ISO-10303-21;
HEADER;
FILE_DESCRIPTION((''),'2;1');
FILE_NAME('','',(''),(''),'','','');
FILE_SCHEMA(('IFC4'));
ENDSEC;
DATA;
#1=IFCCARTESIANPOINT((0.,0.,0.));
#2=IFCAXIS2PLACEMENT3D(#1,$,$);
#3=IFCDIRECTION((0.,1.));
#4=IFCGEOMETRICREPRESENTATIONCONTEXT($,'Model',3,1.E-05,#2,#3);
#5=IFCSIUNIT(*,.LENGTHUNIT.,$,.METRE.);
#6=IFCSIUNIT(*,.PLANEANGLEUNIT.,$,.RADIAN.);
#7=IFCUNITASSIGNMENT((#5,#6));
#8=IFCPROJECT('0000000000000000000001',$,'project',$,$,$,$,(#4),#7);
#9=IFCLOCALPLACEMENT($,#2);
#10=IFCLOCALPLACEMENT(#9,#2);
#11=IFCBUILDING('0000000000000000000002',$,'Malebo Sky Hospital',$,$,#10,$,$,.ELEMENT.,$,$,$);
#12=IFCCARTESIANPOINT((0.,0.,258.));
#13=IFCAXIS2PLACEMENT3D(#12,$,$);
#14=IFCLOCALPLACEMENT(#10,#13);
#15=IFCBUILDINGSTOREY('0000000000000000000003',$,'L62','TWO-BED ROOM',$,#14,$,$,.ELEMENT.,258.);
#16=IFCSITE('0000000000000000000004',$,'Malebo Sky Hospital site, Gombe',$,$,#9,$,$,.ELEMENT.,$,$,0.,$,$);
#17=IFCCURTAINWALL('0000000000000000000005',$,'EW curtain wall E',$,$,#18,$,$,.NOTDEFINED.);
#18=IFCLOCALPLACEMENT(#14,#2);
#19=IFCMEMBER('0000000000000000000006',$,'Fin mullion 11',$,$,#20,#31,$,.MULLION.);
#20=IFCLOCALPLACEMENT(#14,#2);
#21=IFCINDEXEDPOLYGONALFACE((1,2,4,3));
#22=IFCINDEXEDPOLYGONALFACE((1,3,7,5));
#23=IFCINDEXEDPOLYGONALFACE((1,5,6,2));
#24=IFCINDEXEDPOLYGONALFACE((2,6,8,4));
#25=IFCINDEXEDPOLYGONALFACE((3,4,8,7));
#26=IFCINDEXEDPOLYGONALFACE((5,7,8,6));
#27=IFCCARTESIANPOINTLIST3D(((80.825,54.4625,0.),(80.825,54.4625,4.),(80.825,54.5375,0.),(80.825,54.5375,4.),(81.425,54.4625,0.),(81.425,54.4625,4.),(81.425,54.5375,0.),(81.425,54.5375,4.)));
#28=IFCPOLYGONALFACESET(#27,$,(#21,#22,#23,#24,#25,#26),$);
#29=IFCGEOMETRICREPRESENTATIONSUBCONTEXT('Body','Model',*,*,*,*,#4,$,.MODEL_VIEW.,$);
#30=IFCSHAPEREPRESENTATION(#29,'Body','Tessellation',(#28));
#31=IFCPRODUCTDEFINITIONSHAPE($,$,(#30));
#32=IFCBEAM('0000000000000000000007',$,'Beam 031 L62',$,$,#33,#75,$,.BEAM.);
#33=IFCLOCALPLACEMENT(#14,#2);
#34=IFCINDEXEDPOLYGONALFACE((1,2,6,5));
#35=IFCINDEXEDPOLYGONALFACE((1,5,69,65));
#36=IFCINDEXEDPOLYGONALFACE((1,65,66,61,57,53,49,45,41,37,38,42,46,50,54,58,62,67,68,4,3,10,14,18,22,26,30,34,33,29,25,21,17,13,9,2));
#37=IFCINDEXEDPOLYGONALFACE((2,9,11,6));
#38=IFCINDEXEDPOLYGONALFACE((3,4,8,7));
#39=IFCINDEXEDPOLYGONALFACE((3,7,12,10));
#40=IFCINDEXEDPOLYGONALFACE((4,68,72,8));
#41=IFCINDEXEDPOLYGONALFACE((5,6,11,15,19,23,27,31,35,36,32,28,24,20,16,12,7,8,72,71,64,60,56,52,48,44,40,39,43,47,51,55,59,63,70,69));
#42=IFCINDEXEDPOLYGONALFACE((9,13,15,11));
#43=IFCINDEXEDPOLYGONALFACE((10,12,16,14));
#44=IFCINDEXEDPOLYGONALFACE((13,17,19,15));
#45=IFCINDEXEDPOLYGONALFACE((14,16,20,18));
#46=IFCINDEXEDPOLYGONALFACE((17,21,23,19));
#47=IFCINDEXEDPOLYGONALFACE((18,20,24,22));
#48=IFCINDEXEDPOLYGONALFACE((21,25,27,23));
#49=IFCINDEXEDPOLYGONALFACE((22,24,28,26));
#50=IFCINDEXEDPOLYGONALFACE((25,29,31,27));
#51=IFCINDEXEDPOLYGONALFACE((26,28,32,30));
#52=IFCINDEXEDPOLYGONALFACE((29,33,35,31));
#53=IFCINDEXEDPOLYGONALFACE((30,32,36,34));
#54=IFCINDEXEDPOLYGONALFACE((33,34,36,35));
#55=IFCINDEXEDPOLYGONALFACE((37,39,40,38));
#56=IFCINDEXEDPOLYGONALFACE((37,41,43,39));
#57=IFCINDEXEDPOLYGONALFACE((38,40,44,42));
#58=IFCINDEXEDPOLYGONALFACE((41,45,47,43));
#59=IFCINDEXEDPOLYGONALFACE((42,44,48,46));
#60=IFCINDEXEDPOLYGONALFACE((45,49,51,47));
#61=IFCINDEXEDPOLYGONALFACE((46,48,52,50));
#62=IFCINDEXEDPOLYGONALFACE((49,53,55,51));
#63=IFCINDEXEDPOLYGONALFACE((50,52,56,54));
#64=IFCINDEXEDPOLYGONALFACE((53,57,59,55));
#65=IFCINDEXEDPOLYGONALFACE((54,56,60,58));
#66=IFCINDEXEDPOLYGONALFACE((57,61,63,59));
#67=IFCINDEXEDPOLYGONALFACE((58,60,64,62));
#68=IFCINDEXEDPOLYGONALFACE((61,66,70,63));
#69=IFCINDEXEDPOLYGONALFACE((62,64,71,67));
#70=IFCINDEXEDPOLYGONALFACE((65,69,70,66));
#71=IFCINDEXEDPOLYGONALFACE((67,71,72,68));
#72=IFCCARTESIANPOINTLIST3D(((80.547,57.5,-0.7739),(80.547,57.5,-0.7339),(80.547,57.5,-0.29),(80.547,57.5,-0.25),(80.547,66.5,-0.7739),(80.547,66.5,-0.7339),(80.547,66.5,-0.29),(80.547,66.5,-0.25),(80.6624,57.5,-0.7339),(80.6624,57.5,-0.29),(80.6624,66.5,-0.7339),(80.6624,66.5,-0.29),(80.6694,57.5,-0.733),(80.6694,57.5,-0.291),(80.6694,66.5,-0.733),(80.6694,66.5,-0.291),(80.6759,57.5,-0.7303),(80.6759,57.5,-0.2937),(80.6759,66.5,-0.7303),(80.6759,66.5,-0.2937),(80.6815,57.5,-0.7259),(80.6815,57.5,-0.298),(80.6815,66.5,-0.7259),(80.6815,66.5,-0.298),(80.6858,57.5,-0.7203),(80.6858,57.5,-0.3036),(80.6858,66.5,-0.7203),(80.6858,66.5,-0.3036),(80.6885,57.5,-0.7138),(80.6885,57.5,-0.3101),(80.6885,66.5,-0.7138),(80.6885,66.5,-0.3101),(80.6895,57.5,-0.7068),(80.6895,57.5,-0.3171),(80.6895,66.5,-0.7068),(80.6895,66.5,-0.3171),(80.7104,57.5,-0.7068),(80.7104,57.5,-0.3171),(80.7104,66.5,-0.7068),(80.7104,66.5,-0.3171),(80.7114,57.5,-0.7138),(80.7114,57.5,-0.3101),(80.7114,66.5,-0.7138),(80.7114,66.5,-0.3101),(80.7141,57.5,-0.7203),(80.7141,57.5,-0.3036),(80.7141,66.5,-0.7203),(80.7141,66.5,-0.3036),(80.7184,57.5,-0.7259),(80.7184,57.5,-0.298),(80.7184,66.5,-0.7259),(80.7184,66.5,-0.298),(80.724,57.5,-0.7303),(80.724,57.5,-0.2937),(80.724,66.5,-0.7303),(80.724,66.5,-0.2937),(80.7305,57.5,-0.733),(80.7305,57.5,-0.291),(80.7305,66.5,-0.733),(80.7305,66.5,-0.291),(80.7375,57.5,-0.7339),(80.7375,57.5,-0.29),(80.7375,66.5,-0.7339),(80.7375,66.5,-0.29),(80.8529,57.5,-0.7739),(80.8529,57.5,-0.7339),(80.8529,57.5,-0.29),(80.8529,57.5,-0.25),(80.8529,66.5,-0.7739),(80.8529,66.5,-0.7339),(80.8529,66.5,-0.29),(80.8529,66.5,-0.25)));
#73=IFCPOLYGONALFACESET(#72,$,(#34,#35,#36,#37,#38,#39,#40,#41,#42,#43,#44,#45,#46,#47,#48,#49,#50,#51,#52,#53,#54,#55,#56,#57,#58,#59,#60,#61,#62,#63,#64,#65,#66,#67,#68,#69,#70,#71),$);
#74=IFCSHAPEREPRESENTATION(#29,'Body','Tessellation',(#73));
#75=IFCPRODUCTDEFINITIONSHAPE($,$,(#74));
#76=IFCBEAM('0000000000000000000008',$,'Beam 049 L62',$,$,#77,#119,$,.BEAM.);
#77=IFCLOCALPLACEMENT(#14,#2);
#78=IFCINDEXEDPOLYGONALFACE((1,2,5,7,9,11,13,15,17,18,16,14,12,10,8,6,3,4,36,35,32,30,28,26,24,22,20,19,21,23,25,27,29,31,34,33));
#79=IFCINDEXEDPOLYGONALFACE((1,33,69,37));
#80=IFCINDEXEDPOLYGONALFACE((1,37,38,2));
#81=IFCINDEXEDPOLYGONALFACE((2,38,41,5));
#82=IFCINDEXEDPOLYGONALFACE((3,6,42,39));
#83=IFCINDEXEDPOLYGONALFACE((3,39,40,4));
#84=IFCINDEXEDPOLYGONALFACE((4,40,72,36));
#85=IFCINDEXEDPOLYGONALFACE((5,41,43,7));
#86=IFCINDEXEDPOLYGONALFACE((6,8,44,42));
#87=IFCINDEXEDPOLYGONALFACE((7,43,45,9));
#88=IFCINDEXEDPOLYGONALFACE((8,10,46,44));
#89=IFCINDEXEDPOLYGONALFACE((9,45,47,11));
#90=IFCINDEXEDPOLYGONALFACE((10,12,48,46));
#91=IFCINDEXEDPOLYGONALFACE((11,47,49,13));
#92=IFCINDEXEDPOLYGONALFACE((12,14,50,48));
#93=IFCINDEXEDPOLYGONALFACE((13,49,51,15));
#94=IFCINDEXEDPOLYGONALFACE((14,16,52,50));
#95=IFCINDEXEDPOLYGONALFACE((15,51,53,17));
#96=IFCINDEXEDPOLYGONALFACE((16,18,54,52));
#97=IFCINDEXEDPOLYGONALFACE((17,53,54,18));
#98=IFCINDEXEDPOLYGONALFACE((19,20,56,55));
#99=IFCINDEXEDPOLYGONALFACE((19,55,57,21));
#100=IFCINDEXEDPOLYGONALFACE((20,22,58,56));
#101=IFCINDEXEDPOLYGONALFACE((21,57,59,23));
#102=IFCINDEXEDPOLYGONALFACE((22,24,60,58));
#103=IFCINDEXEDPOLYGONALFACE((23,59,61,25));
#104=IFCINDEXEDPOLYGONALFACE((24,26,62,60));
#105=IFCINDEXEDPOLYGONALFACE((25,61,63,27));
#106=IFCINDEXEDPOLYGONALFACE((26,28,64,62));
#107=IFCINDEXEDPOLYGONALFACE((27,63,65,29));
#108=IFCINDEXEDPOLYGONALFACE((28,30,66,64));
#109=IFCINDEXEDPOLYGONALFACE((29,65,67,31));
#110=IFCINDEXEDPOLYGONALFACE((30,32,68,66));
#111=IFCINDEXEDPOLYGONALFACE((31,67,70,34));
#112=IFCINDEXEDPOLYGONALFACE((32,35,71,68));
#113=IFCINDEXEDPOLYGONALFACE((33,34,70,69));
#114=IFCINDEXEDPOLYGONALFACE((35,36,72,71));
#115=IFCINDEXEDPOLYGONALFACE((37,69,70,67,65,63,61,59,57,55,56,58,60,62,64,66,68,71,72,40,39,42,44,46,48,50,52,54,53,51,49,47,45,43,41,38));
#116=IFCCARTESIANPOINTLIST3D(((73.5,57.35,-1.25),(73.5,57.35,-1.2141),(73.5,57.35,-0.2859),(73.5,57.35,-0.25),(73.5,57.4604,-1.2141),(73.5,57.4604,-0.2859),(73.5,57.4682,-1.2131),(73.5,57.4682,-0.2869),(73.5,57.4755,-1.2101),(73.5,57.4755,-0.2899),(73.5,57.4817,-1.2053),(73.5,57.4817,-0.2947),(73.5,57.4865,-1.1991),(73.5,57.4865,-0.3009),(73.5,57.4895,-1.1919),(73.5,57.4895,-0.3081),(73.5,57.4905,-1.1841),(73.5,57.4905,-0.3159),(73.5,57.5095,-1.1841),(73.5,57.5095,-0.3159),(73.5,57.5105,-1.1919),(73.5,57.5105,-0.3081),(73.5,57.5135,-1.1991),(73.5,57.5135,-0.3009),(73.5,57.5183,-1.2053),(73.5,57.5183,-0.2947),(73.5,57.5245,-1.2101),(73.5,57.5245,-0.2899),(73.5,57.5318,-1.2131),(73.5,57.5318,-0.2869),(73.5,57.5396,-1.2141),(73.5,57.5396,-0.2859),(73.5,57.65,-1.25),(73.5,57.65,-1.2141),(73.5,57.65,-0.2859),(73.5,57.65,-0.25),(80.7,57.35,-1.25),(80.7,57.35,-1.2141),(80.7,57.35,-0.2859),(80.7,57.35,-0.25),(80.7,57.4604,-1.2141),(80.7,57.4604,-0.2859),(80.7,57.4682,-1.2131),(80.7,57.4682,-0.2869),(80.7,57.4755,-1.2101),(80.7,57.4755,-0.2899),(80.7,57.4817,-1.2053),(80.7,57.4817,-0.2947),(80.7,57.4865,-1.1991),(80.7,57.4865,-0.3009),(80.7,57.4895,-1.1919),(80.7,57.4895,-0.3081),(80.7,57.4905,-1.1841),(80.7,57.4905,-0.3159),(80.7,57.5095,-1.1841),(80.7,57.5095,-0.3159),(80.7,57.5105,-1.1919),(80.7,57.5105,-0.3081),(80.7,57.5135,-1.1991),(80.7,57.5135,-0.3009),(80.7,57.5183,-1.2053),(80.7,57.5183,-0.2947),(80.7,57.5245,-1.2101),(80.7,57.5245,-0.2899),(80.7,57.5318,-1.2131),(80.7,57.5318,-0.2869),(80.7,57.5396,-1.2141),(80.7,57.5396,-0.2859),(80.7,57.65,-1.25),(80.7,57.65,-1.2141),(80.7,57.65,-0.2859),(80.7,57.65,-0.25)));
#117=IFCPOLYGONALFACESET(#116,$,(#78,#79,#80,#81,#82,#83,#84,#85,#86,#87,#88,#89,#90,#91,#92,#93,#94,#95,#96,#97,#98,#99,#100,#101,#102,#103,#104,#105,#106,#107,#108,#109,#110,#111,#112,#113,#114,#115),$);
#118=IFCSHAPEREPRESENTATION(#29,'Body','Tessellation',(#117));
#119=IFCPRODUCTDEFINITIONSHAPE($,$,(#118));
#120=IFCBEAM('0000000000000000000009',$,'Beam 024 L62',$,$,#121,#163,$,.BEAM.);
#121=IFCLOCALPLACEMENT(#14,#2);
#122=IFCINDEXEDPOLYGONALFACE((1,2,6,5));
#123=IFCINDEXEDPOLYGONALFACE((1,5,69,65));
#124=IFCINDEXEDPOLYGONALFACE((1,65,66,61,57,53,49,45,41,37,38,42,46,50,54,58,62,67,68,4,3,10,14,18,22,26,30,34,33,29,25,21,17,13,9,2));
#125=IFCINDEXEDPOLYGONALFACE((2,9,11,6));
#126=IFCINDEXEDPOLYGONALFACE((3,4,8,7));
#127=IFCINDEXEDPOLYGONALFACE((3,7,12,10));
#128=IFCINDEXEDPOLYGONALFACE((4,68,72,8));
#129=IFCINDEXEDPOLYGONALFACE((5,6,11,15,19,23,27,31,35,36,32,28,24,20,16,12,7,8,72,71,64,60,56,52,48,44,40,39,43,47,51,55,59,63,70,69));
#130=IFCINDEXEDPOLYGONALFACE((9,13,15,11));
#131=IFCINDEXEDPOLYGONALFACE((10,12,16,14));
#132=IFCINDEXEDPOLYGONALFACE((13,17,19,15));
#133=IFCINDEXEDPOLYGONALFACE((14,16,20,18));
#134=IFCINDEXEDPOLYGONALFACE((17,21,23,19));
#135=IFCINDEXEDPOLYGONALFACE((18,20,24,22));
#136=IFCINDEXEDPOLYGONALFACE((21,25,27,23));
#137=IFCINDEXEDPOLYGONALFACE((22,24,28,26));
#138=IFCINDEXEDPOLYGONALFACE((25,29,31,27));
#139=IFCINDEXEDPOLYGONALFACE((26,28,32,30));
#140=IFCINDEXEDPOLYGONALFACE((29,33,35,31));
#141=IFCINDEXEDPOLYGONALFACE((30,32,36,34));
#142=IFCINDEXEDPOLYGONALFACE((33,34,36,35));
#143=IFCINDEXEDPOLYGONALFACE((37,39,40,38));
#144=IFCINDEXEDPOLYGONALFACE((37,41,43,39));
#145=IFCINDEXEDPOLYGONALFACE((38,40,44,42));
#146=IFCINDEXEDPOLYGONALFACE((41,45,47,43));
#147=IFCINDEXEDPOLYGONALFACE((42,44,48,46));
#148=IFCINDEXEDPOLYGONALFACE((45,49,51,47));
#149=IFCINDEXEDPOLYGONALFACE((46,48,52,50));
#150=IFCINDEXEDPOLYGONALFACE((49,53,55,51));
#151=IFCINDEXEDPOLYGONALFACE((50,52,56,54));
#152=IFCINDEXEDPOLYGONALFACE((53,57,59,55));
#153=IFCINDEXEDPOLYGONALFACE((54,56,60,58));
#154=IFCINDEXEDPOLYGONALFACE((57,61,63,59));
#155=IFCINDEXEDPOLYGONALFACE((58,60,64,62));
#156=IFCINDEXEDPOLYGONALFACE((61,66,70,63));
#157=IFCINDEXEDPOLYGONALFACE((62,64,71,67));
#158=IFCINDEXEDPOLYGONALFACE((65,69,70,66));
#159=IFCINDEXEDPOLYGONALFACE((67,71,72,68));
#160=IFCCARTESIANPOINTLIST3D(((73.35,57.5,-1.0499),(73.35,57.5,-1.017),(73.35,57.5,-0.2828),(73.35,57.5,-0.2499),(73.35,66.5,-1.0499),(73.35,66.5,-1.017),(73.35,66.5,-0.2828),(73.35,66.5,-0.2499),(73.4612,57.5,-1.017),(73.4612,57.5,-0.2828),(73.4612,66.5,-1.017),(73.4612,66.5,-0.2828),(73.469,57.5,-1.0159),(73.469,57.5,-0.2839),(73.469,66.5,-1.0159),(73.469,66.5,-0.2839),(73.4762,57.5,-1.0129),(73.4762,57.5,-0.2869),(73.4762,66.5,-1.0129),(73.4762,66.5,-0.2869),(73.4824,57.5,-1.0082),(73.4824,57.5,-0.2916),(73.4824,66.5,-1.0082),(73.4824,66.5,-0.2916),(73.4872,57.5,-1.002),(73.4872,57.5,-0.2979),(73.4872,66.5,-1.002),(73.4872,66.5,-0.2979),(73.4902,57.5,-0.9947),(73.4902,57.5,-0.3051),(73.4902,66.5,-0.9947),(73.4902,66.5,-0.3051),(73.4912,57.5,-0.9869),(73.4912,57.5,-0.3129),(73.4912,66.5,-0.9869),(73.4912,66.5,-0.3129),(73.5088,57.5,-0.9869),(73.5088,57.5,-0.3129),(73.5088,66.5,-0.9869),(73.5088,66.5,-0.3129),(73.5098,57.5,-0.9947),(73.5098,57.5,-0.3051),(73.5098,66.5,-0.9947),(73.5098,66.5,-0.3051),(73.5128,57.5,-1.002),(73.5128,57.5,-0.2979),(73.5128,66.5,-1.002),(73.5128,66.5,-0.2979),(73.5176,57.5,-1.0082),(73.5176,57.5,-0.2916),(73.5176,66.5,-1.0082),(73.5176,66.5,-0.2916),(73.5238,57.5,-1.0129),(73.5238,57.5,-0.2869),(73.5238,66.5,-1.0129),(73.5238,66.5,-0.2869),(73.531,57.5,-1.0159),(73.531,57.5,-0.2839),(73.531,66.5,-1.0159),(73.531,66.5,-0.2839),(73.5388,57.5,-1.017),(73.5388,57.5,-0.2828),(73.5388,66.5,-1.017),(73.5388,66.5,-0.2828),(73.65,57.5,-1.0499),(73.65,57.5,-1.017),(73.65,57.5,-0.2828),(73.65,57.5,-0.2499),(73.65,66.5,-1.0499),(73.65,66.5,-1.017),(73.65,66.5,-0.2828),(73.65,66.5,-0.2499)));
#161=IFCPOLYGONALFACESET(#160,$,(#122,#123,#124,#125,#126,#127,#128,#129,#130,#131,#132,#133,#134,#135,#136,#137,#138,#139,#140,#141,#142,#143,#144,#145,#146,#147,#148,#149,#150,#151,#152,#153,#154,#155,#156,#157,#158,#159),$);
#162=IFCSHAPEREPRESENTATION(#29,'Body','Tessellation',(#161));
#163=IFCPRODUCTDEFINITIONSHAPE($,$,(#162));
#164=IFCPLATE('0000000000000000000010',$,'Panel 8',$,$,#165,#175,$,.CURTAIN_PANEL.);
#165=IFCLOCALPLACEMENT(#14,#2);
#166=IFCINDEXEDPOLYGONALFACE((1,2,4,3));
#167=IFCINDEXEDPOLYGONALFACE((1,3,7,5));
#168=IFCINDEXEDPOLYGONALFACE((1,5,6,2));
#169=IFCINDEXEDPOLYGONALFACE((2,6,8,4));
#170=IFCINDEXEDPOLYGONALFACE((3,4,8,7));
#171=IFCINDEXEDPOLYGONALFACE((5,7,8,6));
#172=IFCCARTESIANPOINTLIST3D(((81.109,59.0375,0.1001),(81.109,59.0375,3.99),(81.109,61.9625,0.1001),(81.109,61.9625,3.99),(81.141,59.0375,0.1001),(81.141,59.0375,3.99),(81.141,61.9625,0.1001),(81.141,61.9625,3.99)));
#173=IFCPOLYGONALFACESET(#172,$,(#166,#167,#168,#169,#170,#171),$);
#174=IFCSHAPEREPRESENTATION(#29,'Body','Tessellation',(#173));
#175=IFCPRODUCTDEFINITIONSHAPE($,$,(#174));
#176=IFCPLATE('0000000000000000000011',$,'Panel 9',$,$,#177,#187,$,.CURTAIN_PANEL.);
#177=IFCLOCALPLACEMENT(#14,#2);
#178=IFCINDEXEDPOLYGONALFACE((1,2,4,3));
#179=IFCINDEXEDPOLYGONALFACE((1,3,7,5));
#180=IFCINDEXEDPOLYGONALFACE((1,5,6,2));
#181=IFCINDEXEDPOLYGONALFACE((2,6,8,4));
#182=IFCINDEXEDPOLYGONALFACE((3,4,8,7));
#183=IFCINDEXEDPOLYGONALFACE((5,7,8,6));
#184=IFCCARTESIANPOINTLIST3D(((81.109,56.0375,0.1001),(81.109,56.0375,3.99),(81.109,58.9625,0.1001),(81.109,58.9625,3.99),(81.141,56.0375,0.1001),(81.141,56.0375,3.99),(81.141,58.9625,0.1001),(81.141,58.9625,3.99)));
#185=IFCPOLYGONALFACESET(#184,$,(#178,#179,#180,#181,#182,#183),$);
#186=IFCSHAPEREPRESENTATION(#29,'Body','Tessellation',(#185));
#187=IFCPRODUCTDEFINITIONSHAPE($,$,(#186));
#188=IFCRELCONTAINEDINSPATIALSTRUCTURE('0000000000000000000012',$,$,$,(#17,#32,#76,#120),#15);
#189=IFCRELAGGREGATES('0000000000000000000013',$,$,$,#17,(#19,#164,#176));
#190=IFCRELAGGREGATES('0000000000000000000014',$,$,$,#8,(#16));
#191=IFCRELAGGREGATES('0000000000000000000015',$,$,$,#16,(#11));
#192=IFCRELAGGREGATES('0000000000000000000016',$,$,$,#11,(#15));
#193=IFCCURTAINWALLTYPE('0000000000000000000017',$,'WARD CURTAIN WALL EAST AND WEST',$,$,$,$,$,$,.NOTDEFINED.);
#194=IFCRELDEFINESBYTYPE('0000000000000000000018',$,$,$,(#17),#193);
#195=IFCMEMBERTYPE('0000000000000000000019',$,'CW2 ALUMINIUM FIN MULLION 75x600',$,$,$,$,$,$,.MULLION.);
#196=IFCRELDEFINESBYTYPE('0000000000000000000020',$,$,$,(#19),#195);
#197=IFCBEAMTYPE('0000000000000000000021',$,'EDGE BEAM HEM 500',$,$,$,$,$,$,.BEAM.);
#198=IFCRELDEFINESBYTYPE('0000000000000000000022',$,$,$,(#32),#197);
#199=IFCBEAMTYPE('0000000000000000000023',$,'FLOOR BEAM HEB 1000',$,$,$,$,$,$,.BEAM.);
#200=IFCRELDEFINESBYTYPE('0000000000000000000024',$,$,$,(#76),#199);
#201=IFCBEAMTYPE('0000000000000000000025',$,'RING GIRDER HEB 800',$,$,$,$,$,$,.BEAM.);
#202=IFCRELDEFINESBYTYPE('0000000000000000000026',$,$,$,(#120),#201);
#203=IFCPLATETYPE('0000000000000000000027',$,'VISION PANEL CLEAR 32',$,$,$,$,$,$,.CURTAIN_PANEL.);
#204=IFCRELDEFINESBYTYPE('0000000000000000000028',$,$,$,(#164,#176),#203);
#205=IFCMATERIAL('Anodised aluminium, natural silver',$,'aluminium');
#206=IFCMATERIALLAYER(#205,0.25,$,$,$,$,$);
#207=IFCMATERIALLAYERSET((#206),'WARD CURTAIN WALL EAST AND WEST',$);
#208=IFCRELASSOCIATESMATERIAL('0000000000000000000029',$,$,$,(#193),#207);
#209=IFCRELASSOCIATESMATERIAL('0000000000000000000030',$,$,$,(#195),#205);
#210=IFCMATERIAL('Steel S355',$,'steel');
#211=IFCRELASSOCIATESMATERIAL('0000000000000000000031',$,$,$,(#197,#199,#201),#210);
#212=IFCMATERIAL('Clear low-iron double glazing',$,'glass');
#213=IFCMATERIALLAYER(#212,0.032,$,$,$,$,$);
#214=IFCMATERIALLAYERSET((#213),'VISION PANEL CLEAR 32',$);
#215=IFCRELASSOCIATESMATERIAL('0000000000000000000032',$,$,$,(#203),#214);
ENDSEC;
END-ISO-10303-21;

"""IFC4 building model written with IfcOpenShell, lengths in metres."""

from ifc_helpers import new_model, si_unit, direction, frame, origin, origin_2d, place, context, subcontext, project, spatial, rectangle, i_section, extrude, material, layer, layer_set, material_profile, profile_set, type_object, element, aggregate, save


model = new_model("IFC4")

# Units and contexts
model_context = context("Model", 3, precision=1e-05, world=origin(), true_north=direction((0.0, 1.0)))
body_context = subcontext(model_context, "Body", "Model", "MODEL_VIEW")
ifc_project = project(units=[si_unit("LENGTHUNIT", "METRE"), si_unit("PLANEANGLEUNIT", "RADIAN")], contexts=[model_context])

# Site, building, storey
site_placement = place(None, origin())
site = spatial("IfcSite", under=ifc_project, at=site_placement, Name="Malebo Sky Hospital site, Gombe", CompositionType="ELEMENT", RefElevation=0.0)
building_placement = place(site_placement, origin())
building = spatial("IfcBuilding", under=site, at=building_placement, Name="Malebo Sky Hospital", CompositionType="ELEMENT")
storey_placement = place(building_placement, frame((0.0, 0.0, 258.0)))
storey = spatial("IfcBuildingStorey", under=building, at=storey_placement, Name="L62", Description="TWO-BED ROOM", CompositionType="ELEMENT", Elevation=258.0)

# Curtain wall
ifc_material_1 = material(Name="Anodised aluminium, natural silver", Category="aluminium")
ifc_layer_1 = layer(ifc_material_1, 0.25)
ifc_layer_set_1 = layer_set([ifc_layer_1], Name="WARD CURTAIN WALL EAST AND WEST")
curtain_wall_type = type_object("IfcCurtainWallType", Name="WARD CURTAIN WALL EAST AND WEST", PredefinedType="NOTDEFINED", material=ifc_layer_set_1)
curtain_wall_placement = place(storey_placement, origin())
curtain_wall = element("IfcCurtainWall", 1, at=curtain_wall_placement, inside=storey, type_object=curtain_wall_type, Name="EW curtain wall E", PredefinedType="NOTDEFINED")

# Member
ifc_material_2 = material(Name="Steel S355", Category="steel")
ifc_material_profile_1 = material_profile(ifc_material_1, rectangle(XDim=0.075, YDim=0.6001, at=origin_2d()), Name="CW2 ALUMINIUM FIN MULLION 75x600")
ifc_profile_set_1 = profile_set([ifc_material_profile_1], Name="Anodised aluminium, natural silver")
member_type_1 = type_object("IfcMemberType", Name="CW2 ALUMINIUM FIN MULLION 75x600", PredefinedType="MULLION", material=ifc_profile_set_1)
member_1_placement = place(storey_placement, frame((81.125, 54.5, 0.0), z_axis=(0.0, 0.0, 1.0), x_axis=(0.0, -1.0, 0.0)))
member_1 = element("IfcMember", 2, at=member_1_placement, type_object=member_type_1, Name="Fin mullion 11", PredefinedType="MULLION", context=body_context, shape_type="SweptSolid", body=[
    extrude(rectangle(XDim=0.075, YDim=0.6001, at=origin_2d()), origin(), (0.0, 0.0, 1.0), 4.0),
])

# Beams
ifc_material_profile_2 = material_profile(ifc_material_2, i_section(OverallWidth=0.3059, OverallDepth=0.5239, WebThickness=0.021, FlangeThickness=0.04, FilletRadius=0.0271, at=origin_2d()), Name="HEM 500")
ifc_profile_set_2 = profile_set([ifc_material_profile_2], Name="Steel S355")
beam_type_1 = type_object("IfcBeamType", Name="EDGE BEAM HEM 500", PredefinedType="BEAM", material=ifc_profile_set_2)
beam_1_placement = place(storey_placement, frame((80.7, 57.5, -0.512), z_axis=(0.0, 1.0, 0.0), x_axis=(-1.0, 0.0, 0.0)))
element("IfcBeam", 3, at=beam_1_placement, inside=storey, type_object=beam_type_1, Name="Beam 031 L62", PredefinedType="BEAM", context=body_context, shape_type="SweptSolid", body=[
    extrude(i_section(OverallWidth=0.3059, OverallDepth=0.5239, WebThickness=0.021, FlangeThickness=0.04, FilletRadius=0.0271, at=origin_2d()), origin(), (0.0, 0.0, 1.0), 9.0),
])
ifc_material_profile_3 = material_profile(ifc_material_2, i_section(OverallWidth=0.3, OverallDepth=1.0, WebThickness=0.019, FlangeThickness=0.0359, FilletRadius=0.03, at=origin_2d()), Name="HEB 1000")
ifc_profile_set_3 = profile_set([ifc_material_profile_3], Name="Steel S355")
beam_type_2 = type_object("IfcBeamType", Name="FLOOR BEAM HEB 1000", PredefinedType="BEAM", material=ifc_profile_set_3)
beam_2_placement = place(storey_placement, frame((73.5, 57.5, -0.75), z_axis=(1.0, 0.0, 0.0), x_axis=(0.0, 1.0, 0.0)))
element("IfcBeam", 4, at=beam_2_placement, inside=storey, type_object=beam_type_2, Name="Beam 049 L62", PredefinedType="BEAM", context=body_context, shape_type="SweptSolid", body=[
    extrude(i_section(OverallWidth=0.3, OverallDepth=1.0, WebThickness=0.019, FlangeThickness=0.0359, FilletRadius=0.03, at=origin_2d()), origin(), (0.0, 0.0, 1.0), 7.2),
])
ifc_material_profile_4 = material_profile(ifc_material_2, i_section(OverallWidth=0.3, OverallDepth=0.8, WebThickness=0.0176, FlangeThickness=0.033, FilletRadius=0.03, at=origin_2d()), Name="HEB 800")
ifc_profile_set_4 = profile_set([ifc_material_profile_4], Name="Steel S355")
beam_type_3 = type_object("IfcBeamType", Name="RING GIRDER HEB 800", PredefinedType="BEAM", material=ifc_profile_set_4)
beam_3_placement = place(storey_placement, frame((73.5, 57.5, -0.6499), z_axis=(0.0, 1.0, 0.0), x_axis=(-1.0, 0.0, 0.0)))
element("IfcBeam", 5, at=beam_3_placement, inside=storey, type_object=beam_type_3, Name="Beam 024 L62", PredefinedType="BEAM", context=body_context, shape_type="SweptSolid", body=[
    extrude(i_section(OverallWidth=0.3, OverallDepth=0.8, WebThickness=0.0176, FlangeThickness=0.033, FilletRadius=0.03, at=origin_2d()), origin(), (0.0, 0.0, 1.0), 9.0),
])

# Plates
ifc_material_3 = material(Name="Clear low-iron double glazing", Category="glass")
ifc_layer_2 = layer(ifc_material_3, 0.032)
ifc_layer_set_2 = layer_set([ifc_layer_2], Name="VISION PANEL CLEAR 32")
plate_type = type_object("IfcPlateType", Name="VISION PANEL CLEAR 32", PredefinedType="CURTAIN_PANEL", material=ifc_layer_set_2)
plate_1_placement = place(storey_placement, frame((81.125, 60.5, 0.1001), z_axis=(0.0, 0.0, 1.0), x_axis=(0.0, -1.0, 0.0)))
plate_1 = element("IfcPlate", 6, at=plate_1_placement, type_object=plate_type, Name="Panel 8", PredefinedType="CURTAIN_PANEL", context=body_context, shape_type="SweptSolid", body=[
    extrude(rectangle(XDim=2.925, YDim=0.032, at=origin_2d()), origin(), (0.0, 0.0, 1.0), 3.8899),
])
plate_2_placement = place(storey_placement, frame((81.125, 57.5, 0.1001), z_axis=(0.0, 0.0, 1.0), x_axis=(0.0, -1.0, 0.0)))
plate_2 = element("IfcPlate", 7, at=plate_2_placement, type_object=plate_type, Name="Panel 9", PredefinedType="CURTAIN_PANEL", context=body_context, shape_type="SweptSolid", body=[
    extrude(rectangle(XDim=2.925, YDim=0.032, at=origin_2d()), origin(), (0.0, 0.0, 1.0), 3.8899),
])
aggregate(curtain_wall, [member_1, plate_1, plate_2])

save(model, "model.ifc")
